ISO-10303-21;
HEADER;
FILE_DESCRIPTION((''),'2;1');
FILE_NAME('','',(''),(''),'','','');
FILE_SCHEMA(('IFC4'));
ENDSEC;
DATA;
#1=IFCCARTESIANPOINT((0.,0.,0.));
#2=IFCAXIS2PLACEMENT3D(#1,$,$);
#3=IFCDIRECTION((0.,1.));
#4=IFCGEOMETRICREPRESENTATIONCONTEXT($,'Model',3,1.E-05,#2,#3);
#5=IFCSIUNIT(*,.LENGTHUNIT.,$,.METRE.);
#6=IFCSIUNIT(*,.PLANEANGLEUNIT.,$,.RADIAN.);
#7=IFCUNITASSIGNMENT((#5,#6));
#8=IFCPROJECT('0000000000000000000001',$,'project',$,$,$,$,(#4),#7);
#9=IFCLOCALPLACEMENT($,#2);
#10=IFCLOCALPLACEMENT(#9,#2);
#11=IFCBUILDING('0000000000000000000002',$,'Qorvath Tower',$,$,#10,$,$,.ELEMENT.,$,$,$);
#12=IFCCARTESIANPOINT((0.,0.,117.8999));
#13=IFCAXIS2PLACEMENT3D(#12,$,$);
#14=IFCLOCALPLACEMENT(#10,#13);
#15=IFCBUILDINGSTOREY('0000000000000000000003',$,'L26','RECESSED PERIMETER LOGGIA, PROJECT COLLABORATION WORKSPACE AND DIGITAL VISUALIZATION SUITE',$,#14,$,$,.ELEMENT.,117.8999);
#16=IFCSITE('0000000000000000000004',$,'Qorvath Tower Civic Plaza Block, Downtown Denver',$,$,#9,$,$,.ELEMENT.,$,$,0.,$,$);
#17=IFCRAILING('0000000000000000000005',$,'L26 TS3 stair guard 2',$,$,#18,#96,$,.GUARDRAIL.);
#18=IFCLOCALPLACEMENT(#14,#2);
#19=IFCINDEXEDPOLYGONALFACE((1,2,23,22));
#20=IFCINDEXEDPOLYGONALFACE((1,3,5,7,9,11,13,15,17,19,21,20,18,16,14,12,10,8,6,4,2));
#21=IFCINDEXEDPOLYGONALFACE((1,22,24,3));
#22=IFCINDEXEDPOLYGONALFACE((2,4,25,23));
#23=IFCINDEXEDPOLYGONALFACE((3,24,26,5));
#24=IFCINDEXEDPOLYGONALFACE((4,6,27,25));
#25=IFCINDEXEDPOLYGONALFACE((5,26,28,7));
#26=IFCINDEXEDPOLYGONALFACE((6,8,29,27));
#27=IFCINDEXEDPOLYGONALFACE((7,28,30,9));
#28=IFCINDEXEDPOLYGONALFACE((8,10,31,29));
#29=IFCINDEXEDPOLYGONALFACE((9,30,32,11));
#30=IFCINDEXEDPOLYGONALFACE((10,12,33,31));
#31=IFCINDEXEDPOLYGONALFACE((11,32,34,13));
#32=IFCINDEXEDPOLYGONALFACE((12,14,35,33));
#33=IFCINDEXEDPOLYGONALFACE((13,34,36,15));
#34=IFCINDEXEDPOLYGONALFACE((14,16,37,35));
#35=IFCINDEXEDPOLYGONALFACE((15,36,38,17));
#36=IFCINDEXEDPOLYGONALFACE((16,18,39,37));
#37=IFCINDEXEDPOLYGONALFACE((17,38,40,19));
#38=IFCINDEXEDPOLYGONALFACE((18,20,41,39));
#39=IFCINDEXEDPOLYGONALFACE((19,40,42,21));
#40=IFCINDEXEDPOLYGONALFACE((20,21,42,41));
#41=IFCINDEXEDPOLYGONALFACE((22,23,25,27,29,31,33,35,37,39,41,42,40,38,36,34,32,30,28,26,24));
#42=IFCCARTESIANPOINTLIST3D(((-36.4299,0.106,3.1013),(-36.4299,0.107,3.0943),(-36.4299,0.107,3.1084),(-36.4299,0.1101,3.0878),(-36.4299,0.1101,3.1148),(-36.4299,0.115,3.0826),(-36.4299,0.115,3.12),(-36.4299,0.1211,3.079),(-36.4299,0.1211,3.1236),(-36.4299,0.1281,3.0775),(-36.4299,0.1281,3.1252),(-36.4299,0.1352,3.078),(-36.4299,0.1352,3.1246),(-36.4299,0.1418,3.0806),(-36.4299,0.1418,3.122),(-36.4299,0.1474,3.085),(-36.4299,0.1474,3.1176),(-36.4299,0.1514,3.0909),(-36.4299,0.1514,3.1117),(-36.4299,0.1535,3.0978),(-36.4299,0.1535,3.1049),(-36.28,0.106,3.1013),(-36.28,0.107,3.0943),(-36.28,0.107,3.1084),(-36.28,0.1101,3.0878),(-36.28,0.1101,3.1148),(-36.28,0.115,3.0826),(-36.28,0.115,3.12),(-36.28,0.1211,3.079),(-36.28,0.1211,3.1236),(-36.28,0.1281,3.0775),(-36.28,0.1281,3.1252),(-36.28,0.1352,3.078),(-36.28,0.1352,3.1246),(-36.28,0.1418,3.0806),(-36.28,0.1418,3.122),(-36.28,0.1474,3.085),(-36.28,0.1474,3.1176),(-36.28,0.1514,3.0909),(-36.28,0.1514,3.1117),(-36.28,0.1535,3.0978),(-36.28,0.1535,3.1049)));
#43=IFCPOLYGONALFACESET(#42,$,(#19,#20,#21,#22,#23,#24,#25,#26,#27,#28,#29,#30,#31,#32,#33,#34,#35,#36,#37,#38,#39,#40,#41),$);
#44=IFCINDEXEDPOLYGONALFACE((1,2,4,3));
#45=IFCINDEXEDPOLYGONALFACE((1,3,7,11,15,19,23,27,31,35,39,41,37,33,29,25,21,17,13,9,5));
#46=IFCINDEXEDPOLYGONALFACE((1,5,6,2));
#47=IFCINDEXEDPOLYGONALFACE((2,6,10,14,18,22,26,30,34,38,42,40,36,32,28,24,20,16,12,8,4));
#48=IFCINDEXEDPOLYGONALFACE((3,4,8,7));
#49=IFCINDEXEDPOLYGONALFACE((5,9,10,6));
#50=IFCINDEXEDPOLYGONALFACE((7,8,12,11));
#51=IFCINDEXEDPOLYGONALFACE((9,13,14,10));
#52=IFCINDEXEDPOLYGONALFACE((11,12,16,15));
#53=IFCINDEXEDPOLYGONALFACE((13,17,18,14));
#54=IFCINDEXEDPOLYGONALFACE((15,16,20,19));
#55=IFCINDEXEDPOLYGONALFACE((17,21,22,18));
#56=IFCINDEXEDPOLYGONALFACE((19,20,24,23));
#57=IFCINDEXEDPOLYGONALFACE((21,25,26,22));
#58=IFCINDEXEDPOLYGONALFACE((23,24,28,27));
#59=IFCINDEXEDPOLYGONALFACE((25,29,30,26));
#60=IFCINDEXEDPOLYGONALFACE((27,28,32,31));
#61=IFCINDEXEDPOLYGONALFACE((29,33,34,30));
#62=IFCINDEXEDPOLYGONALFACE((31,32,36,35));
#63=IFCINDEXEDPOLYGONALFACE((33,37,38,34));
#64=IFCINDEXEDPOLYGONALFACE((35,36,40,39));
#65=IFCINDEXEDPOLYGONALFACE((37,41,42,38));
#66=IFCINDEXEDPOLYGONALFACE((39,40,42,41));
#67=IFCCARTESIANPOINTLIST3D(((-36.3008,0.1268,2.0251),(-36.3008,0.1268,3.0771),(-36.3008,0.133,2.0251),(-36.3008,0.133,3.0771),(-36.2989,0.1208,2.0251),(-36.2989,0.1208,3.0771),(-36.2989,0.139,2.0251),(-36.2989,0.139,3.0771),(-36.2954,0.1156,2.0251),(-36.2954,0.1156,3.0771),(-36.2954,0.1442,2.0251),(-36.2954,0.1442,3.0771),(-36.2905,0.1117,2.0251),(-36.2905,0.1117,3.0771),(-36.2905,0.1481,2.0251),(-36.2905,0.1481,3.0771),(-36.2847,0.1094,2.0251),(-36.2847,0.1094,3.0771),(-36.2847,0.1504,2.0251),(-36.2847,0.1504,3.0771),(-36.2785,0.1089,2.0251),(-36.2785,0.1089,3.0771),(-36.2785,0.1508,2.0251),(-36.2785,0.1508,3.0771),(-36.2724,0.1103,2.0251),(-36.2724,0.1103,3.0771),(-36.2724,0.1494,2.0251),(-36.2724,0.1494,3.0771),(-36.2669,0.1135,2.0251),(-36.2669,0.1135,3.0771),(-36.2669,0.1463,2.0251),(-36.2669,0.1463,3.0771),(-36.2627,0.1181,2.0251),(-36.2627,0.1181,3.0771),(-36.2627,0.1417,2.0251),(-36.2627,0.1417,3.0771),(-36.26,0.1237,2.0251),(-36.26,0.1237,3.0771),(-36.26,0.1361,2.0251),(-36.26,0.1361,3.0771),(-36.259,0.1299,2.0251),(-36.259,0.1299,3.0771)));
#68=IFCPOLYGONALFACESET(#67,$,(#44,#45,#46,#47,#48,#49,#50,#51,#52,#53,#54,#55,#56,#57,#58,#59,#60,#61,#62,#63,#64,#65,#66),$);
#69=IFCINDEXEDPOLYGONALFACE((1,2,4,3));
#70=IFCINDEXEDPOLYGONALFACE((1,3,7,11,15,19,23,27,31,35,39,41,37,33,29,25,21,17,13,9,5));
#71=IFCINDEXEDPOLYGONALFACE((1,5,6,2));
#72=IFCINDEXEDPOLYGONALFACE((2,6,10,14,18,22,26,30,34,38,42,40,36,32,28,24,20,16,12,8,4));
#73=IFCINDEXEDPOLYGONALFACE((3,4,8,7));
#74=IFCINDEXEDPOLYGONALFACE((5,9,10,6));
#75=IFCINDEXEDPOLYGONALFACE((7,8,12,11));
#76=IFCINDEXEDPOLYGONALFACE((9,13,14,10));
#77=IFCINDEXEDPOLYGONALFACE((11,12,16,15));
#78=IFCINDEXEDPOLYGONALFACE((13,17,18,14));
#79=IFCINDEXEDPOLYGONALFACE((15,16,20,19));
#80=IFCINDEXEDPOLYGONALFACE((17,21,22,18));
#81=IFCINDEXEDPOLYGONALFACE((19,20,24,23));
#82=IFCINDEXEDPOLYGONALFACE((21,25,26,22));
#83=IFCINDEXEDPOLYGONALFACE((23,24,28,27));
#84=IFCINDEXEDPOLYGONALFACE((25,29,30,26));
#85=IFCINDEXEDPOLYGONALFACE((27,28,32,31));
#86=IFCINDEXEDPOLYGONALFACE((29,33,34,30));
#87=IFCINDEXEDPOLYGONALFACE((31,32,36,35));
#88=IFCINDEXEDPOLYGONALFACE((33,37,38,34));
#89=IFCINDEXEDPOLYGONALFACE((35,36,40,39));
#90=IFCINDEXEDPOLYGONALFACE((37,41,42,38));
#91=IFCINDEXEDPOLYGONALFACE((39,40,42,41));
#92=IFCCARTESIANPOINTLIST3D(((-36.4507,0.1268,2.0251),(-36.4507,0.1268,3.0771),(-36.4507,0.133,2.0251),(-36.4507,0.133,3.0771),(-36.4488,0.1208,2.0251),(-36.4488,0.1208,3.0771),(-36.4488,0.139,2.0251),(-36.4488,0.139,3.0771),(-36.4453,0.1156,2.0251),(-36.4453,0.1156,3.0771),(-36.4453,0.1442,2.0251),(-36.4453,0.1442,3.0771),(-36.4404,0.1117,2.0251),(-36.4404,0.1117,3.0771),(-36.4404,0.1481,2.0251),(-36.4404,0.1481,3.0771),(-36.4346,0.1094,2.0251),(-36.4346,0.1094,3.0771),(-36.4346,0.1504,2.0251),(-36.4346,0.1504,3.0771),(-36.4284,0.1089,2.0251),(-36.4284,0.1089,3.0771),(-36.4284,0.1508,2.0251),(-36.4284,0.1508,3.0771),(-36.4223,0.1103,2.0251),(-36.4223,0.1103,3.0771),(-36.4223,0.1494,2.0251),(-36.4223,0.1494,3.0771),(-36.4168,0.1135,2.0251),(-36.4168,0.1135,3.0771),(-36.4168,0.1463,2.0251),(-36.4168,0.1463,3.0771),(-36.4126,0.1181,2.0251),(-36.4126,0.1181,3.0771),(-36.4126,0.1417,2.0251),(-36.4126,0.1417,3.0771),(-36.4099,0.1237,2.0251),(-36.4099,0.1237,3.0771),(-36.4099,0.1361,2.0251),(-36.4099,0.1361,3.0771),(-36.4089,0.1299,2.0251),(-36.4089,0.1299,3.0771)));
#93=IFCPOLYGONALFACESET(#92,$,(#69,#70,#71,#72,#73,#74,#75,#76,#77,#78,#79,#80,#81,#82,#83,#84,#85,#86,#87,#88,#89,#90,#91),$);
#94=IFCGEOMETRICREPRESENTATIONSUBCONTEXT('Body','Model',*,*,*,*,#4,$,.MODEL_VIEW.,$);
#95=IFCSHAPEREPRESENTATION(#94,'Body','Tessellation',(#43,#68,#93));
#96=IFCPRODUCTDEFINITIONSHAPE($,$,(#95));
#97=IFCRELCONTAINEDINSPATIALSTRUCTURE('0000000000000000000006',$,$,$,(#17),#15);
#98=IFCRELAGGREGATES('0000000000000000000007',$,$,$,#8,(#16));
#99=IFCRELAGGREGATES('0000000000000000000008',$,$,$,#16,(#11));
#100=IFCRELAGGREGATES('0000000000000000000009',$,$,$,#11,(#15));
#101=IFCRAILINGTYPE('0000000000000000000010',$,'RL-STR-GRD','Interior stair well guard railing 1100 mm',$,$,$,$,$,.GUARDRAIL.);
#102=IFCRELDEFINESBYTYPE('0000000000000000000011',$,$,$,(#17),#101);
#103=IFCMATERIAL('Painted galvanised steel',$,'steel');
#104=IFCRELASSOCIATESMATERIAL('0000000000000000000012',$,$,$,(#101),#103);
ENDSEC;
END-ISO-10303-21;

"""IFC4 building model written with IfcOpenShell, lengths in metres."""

from ifc_helpers import new_model, si_unit, direction, frame, origin, origin_2d, place, context, subcontext, project, spatial, circle, extrude, material, type_object, element, save


model = new_model("IFC4")

# Units and contexts
model_context = context("Model", 3, precision=1e-05, world=origin(), true_north=direction((0.0, 1.0)))
body_context = subcontext(model_context, "Body", "Model", "MODEL_VIEW")
ifc_project = project(units=[si_unit("LENGTHUNIT", "METRE"), si_unit("PLANEANGLEUNIT", "RADIAN")], contexts=[model_context])

# Site, building, storey
site_placement = place(None, origin())
site = spatial("IfcSite", under=ifc_project, at=site_placement, Name="Qorvath Tower Civic Plaza Block, Downtown Denver", CompositionType="ELEMENT", RefElevation=0.0)
building_placement = place(site_placement, origin())
building = spatial("IfcBuilding", under=site, at=building_placement, Name="Qorvath Tower", CompositionType="ELEMENT")
storey_placement = place(building_placement, frame((0.0, 0.0, 117.8999)))
storey = spatial("IfcBuildingStorey", under=building, at=storey_placement, Name="L26", Description="RECESSED PERIMETER LOGGIA, PROJECT COLLABORATION WORKSPACE AND DIGITAL VISUALIZATION SUITE", CompositionType="ELEMENT", Elevation=117.8999)

# Railing
ifc_material_1 = material(Name="Painted galvanised steel", Category="steel")
railing_type_1 = type_object("IfcRailingType", Name="RL-STR-GRD", Description="Interior stair well guard railing 1100 mm", PredefinedType="GUARDRAIL", material=ifc_material_1)
railing_1_placement = place(storey_placement, frame((-36.28, 0.1299, 2.0251)))
element("IfcRailing", 1, at=railing_1_placement, inside=storey, type_object=railing_type_1, Name="L26 TS3 stair guard 2", PredefinedType="GUARDRAIL", context=body_context, shape_type="SweptSolid", body=[
    extrude(circle(Radius=0.0239, at=origin_2d()), frame((0.0, 0.0, 1.0762), z_axis=(-1.0, 0.0, 0.0), x_axis=(0.0, -1.0, 0.0)), (0.0, 0.0, 1.0), 0.1499),
    extrude(circle(Radius=0.021, at=origin_2d()), origin(), (0.0, 0.0, 1.0), 1.052),
    extrude(circle(Radius=0.021, at=origin_2d()), frame((-0.1499, 0.0, 0.0)), (0.0, 0.0, 1.0), 1.052),
])

save(model, "model.ifc")
